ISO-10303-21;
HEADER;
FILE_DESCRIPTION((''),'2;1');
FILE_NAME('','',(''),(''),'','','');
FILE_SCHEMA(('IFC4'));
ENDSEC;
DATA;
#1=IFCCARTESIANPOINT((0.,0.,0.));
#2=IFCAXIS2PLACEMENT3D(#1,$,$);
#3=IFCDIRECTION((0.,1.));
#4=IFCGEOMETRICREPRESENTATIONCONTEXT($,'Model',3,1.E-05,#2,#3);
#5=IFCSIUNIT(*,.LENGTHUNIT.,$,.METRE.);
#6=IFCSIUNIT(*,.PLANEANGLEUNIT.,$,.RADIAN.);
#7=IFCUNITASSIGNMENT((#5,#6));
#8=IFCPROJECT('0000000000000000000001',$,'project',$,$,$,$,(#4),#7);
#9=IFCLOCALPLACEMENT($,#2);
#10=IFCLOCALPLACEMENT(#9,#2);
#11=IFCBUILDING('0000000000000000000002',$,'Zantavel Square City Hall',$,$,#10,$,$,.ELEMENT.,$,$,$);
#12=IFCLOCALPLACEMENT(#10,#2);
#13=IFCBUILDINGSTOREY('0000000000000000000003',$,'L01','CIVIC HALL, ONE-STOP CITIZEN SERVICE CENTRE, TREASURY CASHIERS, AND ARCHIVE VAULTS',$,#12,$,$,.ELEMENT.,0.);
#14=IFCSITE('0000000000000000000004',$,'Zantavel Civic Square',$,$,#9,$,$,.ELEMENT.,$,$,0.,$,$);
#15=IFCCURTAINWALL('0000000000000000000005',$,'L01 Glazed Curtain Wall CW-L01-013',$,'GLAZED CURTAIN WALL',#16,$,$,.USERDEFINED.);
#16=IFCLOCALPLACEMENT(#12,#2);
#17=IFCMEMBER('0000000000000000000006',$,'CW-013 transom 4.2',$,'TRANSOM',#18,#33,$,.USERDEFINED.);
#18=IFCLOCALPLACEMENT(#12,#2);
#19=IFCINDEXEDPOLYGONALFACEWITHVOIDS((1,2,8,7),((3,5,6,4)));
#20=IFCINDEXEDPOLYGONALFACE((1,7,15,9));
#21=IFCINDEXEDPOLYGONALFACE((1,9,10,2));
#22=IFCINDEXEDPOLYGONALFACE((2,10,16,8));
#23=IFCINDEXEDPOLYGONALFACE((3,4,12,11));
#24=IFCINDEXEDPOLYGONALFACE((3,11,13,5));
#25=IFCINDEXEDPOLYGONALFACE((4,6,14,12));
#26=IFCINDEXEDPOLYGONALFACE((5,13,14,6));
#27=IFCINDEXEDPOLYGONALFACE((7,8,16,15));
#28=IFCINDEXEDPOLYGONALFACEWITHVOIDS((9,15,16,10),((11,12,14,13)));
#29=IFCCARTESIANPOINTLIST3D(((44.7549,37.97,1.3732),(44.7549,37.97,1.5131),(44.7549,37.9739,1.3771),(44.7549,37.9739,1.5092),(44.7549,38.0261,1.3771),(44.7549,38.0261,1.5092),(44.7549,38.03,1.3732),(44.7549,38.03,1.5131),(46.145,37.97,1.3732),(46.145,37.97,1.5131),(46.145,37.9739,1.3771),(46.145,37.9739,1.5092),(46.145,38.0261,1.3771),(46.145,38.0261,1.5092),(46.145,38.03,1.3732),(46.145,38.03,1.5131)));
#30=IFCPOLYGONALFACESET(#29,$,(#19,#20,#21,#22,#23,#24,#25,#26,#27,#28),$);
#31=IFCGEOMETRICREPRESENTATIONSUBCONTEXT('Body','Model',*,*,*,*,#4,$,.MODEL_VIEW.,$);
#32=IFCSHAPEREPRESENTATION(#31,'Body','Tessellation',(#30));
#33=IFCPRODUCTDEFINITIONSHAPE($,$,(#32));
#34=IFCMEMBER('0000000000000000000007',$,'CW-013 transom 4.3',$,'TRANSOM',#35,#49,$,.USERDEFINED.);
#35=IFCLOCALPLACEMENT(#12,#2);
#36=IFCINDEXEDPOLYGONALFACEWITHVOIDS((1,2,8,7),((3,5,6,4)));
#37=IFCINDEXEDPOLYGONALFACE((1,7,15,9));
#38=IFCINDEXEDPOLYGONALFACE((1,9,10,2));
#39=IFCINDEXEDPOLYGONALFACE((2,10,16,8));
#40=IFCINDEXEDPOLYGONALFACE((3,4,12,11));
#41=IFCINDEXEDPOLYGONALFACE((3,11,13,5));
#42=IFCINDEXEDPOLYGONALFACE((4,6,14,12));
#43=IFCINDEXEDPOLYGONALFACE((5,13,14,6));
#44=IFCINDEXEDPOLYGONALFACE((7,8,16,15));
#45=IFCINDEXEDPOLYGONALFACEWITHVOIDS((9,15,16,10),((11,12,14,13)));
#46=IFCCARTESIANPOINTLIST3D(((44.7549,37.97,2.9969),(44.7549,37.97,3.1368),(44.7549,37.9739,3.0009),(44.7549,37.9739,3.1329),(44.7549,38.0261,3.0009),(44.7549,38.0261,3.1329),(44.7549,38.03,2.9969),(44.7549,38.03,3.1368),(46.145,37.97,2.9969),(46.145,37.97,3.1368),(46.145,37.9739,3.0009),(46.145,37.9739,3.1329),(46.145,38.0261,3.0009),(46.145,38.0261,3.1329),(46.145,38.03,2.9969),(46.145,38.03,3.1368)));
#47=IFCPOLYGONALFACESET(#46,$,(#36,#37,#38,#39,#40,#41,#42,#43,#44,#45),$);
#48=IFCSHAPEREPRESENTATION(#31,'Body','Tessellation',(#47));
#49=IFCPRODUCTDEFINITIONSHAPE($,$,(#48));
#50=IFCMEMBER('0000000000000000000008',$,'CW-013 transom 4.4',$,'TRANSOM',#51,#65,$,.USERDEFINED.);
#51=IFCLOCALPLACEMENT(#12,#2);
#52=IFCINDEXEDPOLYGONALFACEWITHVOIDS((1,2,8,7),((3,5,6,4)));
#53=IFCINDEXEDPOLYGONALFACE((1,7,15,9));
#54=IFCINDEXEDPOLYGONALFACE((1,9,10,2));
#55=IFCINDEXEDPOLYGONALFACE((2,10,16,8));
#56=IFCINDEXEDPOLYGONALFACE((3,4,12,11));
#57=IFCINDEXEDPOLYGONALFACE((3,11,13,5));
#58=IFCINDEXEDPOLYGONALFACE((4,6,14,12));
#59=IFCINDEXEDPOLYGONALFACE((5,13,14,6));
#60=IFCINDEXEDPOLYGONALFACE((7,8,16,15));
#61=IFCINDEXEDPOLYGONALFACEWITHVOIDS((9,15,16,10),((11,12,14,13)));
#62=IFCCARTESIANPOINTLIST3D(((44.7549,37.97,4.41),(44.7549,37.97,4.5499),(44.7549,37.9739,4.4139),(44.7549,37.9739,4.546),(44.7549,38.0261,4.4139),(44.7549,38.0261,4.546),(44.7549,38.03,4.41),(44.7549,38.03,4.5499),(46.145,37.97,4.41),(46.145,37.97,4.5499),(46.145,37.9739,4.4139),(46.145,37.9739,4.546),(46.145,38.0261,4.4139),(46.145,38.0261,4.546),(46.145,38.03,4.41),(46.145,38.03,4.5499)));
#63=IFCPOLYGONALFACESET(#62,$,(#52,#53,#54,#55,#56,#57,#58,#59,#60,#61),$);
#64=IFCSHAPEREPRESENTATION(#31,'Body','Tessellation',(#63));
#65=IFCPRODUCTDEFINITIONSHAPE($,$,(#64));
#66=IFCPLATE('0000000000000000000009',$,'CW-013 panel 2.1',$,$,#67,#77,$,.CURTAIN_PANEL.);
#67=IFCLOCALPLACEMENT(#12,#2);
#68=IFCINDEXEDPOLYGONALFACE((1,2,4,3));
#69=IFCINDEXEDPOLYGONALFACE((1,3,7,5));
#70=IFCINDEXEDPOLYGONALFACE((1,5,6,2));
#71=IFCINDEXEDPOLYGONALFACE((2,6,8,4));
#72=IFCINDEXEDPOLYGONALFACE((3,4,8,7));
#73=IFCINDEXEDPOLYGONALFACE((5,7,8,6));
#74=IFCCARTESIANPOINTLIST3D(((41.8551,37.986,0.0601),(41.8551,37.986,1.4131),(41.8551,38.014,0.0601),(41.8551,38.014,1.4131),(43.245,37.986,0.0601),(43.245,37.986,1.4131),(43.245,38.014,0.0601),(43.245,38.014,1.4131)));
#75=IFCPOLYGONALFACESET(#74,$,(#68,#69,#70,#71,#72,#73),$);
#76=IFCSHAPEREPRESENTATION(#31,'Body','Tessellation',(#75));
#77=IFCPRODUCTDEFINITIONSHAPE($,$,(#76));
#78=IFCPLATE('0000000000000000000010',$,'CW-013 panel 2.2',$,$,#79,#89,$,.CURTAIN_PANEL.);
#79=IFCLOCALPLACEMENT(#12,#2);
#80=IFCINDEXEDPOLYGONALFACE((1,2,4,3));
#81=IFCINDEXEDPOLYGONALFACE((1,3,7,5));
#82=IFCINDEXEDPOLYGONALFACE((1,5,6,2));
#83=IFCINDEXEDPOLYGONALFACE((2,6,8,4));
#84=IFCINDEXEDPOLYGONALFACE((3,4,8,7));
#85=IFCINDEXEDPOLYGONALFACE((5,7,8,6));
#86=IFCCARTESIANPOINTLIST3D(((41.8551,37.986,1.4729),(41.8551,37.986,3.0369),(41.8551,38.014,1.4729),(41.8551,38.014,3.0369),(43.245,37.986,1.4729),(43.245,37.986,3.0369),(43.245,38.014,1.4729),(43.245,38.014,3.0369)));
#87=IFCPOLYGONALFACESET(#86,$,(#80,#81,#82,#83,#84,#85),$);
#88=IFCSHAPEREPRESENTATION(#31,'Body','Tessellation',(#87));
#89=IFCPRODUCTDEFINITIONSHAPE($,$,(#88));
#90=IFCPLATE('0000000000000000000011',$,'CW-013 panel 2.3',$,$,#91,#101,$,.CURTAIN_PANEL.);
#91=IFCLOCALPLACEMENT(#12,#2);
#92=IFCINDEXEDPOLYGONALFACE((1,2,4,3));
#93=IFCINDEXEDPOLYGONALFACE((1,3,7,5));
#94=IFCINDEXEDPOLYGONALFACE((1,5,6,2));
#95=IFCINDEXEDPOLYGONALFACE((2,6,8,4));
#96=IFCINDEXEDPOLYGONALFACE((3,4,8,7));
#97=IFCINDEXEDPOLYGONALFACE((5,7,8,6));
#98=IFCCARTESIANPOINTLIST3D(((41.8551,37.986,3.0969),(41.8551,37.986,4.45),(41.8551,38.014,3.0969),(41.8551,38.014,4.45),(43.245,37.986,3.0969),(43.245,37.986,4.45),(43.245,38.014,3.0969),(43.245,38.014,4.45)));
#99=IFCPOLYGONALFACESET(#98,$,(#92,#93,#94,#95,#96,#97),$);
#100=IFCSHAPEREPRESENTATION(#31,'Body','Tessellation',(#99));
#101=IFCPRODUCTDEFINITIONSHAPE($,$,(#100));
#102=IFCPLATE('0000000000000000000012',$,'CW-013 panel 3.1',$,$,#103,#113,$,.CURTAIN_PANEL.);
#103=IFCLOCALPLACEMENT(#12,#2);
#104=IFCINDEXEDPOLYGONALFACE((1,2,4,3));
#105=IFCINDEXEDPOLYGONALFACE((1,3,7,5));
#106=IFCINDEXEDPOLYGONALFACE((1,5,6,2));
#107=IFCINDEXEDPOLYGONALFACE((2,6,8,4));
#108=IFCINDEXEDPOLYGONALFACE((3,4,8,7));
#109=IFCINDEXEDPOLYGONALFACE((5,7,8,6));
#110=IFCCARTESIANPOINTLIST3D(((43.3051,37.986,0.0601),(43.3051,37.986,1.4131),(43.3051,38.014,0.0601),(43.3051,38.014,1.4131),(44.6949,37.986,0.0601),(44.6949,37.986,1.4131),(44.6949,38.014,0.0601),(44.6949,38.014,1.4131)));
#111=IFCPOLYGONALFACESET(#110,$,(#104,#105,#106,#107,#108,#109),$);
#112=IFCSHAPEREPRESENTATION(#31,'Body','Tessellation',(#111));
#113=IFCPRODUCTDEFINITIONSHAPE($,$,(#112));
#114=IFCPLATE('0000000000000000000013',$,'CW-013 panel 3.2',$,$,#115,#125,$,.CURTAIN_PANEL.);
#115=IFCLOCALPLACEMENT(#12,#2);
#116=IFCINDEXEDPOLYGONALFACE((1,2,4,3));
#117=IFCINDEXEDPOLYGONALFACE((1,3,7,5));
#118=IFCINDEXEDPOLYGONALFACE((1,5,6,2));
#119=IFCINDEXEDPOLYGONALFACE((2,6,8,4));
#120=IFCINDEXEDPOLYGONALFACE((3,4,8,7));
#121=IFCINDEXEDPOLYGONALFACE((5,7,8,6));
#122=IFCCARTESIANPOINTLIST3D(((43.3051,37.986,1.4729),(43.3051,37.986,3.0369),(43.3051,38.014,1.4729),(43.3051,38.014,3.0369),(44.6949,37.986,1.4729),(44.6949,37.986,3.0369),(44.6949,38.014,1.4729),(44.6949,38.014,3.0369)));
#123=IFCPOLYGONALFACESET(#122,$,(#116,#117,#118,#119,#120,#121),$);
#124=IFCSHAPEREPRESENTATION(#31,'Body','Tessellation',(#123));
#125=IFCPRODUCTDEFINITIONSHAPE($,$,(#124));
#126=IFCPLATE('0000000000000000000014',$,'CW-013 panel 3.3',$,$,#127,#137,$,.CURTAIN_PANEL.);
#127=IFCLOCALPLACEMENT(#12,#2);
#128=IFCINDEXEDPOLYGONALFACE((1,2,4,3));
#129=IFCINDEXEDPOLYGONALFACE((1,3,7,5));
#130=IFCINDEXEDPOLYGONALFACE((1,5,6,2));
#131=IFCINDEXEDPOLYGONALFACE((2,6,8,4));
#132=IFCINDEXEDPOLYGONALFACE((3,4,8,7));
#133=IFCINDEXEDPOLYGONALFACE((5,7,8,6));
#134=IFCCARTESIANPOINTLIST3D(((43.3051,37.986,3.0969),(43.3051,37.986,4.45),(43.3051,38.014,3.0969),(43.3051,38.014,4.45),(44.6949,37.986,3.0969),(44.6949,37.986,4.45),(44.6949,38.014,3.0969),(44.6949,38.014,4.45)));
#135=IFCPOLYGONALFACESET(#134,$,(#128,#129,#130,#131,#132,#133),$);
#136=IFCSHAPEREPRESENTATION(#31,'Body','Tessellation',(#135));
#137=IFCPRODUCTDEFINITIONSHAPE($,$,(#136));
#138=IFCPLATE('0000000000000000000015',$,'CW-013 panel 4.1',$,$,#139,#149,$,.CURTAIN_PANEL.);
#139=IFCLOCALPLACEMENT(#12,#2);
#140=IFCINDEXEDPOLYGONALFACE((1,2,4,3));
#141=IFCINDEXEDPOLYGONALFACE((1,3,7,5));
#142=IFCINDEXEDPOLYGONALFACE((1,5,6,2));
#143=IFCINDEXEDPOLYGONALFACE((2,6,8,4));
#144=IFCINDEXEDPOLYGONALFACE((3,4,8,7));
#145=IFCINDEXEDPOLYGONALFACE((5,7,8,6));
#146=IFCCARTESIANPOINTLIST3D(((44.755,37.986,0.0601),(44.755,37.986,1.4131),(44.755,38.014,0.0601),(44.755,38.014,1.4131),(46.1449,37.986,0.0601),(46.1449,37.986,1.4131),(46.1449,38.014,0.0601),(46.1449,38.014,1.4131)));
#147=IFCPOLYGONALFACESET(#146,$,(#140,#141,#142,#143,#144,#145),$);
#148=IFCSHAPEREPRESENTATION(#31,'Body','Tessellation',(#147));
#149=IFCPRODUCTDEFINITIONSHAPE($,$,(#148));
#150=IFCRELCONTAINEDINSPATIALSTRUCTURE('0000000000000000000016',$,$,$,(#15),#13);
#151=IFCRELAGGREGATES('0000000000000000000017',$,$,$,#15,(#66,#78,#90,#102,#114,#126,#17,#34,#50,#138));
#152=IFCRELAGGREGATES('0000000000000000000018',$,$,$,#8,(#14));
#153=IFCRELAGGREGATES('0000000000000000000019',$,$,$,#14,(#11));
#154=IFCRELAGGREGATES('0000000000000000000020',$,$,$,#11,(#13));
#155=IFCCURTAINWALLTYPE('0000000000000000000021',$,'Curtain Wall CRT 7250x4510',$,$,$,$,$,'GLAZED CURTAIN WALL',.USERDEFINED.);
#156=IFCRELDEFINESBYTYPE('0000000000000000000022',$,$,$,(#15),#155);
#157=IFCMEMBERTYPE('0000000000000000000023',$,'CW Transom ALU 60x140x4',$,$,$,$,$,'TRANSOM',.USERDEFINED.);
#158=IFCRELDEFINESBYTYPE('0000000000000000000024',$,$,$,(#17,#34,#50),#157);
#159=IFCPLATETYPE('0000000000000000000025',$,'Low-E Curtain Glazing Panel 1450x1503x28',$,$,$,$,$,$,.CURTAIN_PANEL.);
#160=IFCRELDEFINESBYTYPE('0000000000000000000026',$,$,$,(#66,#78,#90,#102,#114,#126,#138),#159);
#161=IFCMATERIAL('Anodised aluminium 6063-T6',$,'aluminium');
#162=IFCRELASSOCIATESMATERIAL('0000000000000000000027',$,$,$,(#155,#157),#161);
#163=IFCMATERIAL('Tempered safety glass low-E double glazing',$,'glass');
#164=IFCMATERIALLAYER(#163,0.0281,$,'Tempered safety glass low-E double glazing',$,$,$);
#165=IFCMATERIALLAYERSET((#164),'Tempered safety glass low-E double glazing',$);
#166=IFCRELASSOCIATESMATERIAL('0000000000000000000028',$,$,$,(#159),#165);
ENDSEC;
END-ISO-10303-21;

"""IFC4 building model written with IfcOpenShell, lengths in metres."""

from ifc_helpers import new_model, si_unit, direction, frame, origin, origin_2d, place, context, subcontext, project, spatial, rectangle, hollow_rectangle, extrude, material, layer, layer_set, material_profile, profile_set, type_object, element, aggregate, save


model = new_model("IFC4")

# Units and contexts
model_context = context("Model", 3, precision=1e-05, world=origin(), true_north=direction((0.0, 1.0)))
body_context = subcontext(model_context, "Body", "Model", "MODEL_VIEW")
ifc_project = project(units=[si_unit("LENGTHUNIT", "METRE"), si_unit("PLANEANGLEUNIT", "RADIAN")], contexts=[model_context])

# Site, building, storey
site_placement = place(None, origin())
site = spatial("IfcSite", under=ifc_project, at=site_placement, Name="Zantavel Civic Square", CompositionType="ELEMENT", RefElevation=0.0)
building_placement = place(site_placement, origin())
building = spatial("IfcBuilding", under=site, at=building_placement, Name="Zantavel Square City Hall", CompositionType="ELEMENT")
storey_placement = place(building_placement, origin())
storey = spatial("IfcBuildingStorey", under=building, at=storey_placement, Name="L01", Description="CIVIC HALL, ONE-STOP CITIZEN SERVICE CENTRE, TREASURY CASHIERS, AND ARCHIVE VAULTS", CompositionType="ELEMENT", Elevation=0.0)

# Curtain wall, members, plates
ifc_material_1 = material(Name="Anodised aluminium 6063-T6", Category="aluminium")
curtain_wall_type = type_object("IfcCurtainWallType", Name="Curtain Wall CRT 7250x4510", ElementType="GLAZED CURTAIN WALL", PredefinedType="USERDEFINED", material=ifc_material_1)
curtain_wall_placement = place(storey_placement, origin())
curtain_wall = element("IfcCurtainWall", 1, at=curtain_wall_placement, inside=storey, type_object=curtain_wall_type, Name="L01 Glazed Curtain Wall CW-L01-013", ObjectType="GLAZED CURTAIN WALL", PredefinedType="USERDEFINED")
ifc_material_profile_1 = material_profile(ifc_material_1, hollow_rectangle(XDim=0.0601, YDim=0.1399, WallThickness=0.0039, at=origin_2d()), Name="ALU 60x140x4")
ifc_profile_set_1 = profile_set([ifc_material_profile_1], Name="Anodised aluminium 6063-T6")
member_type_1 = type_object("IfcMemberType", Name="CW Transom ALU 60x140x4", ElementType="TRANSOM", PredefinedType="USERDEFINED", material=ifc_profile_set_1)
member_1_placement = place(storey_placement, frame((44.7549, 38.0, 1.4431), z_axis=(1.0, 0.0, 0.0), x_axis=(0.0, 1.0, 0.0)))
member_1 = element("IfcMember", 2, at=member_1_placement, type_object=member_type_1, Name="CW-013 transom 4.2", ObjectType="TRANSOM", PredefinedType="USERDEFINED", context=body_context, shape_type="SweptSolid", body=[
    extrude(hollow_rectangle(XDim=0.0601, YDim=0.1399, WallThickness=0.0039, at=origin_2d()), origin(), (0.0, 0.0, 1.0), 1.3901),
])
member_2_placement = place(storey_placement, frame((44.7549, 38.0, 3.0669), z_axis=(1.0, 0.0, 0.0), x_axis=(0.0, 1.0, 0.0)))
member_2 = element("IfcMember", 3, at=member_2_placement, type_object=member_type_1, Name="CW-013 transom 4.3", ObjectType="TRANSOM", PredefinedType="USERDEFINED", context=body_context, shape_type="SweptSolid", body=[
    extrude(hollow_rectangle(XDim=0.0601, YDim=0.1399, WallThickness=0.0039, at=origin_2d()), origin(), (0.0, 0.0, 1.0), 1.3901),
])
member_3_placement = place(storey_placement, frame((44.7549, 38.0, 4.48), z_axis=(1.0, 0.0, 0.0), x_axis=(0.0, 1.0, 0.0)))
member_3 = element("IfcMember", 4, at=member_3_placement, type_object=member_type_1, Name="CW-013 transom 4.4", ObjectType="TRANSOM", PredefinedType="USERDEFINED", context=body_context, shape_type="SweptSolid", body=[
    extrude(hollow_rectangle(XDim=0.0601, YDim=0.1399, WallThickness=0.0039, at=origin_2d()), origin(), (0.0, 0.0, 1.0), 1.3901),
])
ifc_material_2 = material(Name="Tempered safety glass low-E double glazing", Category="glass")
ifc_layer = layer(ifc_material_2, 0.0281, Name="Tempered safety glass low-E double glazing")
ifc_layer_set = layer_set([ifc_layer], Name="Tempered safety glass low-E double glazing")
plate_type = type_object("IfcPlateType", Name="Low-E Curtain Glazing Panel 1450x1503x28", PredefinedType="CURTAIN_PANEL", material=ifc_layer_set)
plate_1_placement = place(storey_placement, frame((42.55, 38.0, 0.0601), z_axis=(0.0, 0.0, 1.0), x_axis=(1.0, 0.0, 0.0)))
plate_1 = element("IfcPlate", 5, at=plate_1_placement, type_object=plate_type, Name="CW-013 panel 2.1", PredefinedType="CURTAIN_PANEL", context=body_context, shape_type="SweptSolid", body=[
    extrude(rectangle(XDim=1.3899, YDim=0.0281, at=origin_2d()), origin(), (0.0, 0.0, 1.0), 1.353),
])
plate_2_placement = place(storey_placement, frame((42.55, 38.0, 1.4729), z_axis=(0.0, 0.0, 1.0), x_axis=(1.0, 0.0, 0.0)))
plate_2 = element("IfcPlate", 6, at=plate_2_placement, type_object=plate_type, Name="CW-013 panel 2.2", PredefinedType="CURTAIN_PANEL", context=body_context, shape_type="SweptSolid", body=[
    extrude(rectangle(XDim=1.3899, YDim=0.0281, at=origin_2d()), origin(), (0.0, 0.0, 1.0), 1.564),
])
plate_3_placement = place(storey_placement, frame((42.55, 38.0, 3.0969), z_axis=(0.0, 0.0, 1.0), x_axis=(1.0, 0.0, 0.0)))
plate_3 = element("IfcPlate", 7, at=plate_3_placement, type_object=plate_type, Name="CW-013 panel 2.3", PredefinedType="CURTAIN_PANEL", context=body_context, shape_type="SweptSolid", body=[
    extrude(rectangle(XDim=1.3899, YDim=0.0281, at=origin_2d()), origin(), (0.0, 0.0, 1.0), 1.353),
])
plate_4_placement = place(storey_placement, frame((44.0, 38.0, 0.0601), z_axis=(0.0, 0.0, 1.0), x_axis=(1.0, 0.0, 0.0)))
plate_4 = element("IfcPlate", 8, at=plate_4_placement, type_object=plate_type, Name="CW-013 panel 3.1", PredefinedType="CURTAIN_PANEL", context=body_context, shape_type="SweptSolid", body=[
    extrude(rectangle(XDim=1.3899, YDim=0.0281, at=origin_2d()), origin(), (0.0, 0.0, 1.0), 1.353),
])
plate_5_placement = place(storey_placement, frame((44.0, 38.0, 1.4729), z_axis=(0.0, 0.0, 1.0), x_axis=(1.0, 0.0, 0.0)))
plate_5 = element("IfcPlate", 9, at=plate_5_placement, type_object=plate_type, Name="CW-013 panel 3.2", PredefinedType="CURTAIN_PANEL", context=body_context, shape_type="SweptSolid", body=[
    extrude(rectangle(XDim=1.3899, YDim=0.0281, at=origin_2d()), origin(), (0.0, 0.0, 1.0), 1.564),
])
plate_6_placement = place(storey_placement, frame((44.0, 38.0, 3.0969), z_axis=(0.0, 0.0, 1.0), x_axis=(1.0, 0.0, 0.0)))
plate_6 = element("IfcPlate", 10, at=plate_6_placement, type_object=plate_type, Name="CW-013 panel 3.3", PredefinedType="CURTAIN_PANEL", context=body_context, shape_type="SweptSolid", body=[
    extrude(rectangle(XDim=1.3899, YDim=0.0281, at=origin_2d()), origin(), (0.0, 0.0, 1.0), 1.353),
])
plate_7_placement = place(storey_placement, frame((45.45, 38.0, 0.0601), z_axis=(0.0, 0.0, 1.0), x_axis=(1.0, 0.0, 0.0)))
plate_7 = element("IfcPlate", 11, at=plate_7_placement, type_object=plate_type, Name="CW-013 panel 4.1", PredefinedType="CURTAIN_PANEL", context=body_context, shape_type="SweptSolid", body=[
    extrude(rectangle(XDim=1.3899, YDim=0.0281, at=origin_2d()), origin(), (0.0, 0.0, 1.0), 1.353),
])
aggregate(curtain_wall, [plate_1, plate_2, plate_3, plate_4, plate_5, plate_6, member_1, member_2, member_3, plate_7])

save(model, "model.ifc")
